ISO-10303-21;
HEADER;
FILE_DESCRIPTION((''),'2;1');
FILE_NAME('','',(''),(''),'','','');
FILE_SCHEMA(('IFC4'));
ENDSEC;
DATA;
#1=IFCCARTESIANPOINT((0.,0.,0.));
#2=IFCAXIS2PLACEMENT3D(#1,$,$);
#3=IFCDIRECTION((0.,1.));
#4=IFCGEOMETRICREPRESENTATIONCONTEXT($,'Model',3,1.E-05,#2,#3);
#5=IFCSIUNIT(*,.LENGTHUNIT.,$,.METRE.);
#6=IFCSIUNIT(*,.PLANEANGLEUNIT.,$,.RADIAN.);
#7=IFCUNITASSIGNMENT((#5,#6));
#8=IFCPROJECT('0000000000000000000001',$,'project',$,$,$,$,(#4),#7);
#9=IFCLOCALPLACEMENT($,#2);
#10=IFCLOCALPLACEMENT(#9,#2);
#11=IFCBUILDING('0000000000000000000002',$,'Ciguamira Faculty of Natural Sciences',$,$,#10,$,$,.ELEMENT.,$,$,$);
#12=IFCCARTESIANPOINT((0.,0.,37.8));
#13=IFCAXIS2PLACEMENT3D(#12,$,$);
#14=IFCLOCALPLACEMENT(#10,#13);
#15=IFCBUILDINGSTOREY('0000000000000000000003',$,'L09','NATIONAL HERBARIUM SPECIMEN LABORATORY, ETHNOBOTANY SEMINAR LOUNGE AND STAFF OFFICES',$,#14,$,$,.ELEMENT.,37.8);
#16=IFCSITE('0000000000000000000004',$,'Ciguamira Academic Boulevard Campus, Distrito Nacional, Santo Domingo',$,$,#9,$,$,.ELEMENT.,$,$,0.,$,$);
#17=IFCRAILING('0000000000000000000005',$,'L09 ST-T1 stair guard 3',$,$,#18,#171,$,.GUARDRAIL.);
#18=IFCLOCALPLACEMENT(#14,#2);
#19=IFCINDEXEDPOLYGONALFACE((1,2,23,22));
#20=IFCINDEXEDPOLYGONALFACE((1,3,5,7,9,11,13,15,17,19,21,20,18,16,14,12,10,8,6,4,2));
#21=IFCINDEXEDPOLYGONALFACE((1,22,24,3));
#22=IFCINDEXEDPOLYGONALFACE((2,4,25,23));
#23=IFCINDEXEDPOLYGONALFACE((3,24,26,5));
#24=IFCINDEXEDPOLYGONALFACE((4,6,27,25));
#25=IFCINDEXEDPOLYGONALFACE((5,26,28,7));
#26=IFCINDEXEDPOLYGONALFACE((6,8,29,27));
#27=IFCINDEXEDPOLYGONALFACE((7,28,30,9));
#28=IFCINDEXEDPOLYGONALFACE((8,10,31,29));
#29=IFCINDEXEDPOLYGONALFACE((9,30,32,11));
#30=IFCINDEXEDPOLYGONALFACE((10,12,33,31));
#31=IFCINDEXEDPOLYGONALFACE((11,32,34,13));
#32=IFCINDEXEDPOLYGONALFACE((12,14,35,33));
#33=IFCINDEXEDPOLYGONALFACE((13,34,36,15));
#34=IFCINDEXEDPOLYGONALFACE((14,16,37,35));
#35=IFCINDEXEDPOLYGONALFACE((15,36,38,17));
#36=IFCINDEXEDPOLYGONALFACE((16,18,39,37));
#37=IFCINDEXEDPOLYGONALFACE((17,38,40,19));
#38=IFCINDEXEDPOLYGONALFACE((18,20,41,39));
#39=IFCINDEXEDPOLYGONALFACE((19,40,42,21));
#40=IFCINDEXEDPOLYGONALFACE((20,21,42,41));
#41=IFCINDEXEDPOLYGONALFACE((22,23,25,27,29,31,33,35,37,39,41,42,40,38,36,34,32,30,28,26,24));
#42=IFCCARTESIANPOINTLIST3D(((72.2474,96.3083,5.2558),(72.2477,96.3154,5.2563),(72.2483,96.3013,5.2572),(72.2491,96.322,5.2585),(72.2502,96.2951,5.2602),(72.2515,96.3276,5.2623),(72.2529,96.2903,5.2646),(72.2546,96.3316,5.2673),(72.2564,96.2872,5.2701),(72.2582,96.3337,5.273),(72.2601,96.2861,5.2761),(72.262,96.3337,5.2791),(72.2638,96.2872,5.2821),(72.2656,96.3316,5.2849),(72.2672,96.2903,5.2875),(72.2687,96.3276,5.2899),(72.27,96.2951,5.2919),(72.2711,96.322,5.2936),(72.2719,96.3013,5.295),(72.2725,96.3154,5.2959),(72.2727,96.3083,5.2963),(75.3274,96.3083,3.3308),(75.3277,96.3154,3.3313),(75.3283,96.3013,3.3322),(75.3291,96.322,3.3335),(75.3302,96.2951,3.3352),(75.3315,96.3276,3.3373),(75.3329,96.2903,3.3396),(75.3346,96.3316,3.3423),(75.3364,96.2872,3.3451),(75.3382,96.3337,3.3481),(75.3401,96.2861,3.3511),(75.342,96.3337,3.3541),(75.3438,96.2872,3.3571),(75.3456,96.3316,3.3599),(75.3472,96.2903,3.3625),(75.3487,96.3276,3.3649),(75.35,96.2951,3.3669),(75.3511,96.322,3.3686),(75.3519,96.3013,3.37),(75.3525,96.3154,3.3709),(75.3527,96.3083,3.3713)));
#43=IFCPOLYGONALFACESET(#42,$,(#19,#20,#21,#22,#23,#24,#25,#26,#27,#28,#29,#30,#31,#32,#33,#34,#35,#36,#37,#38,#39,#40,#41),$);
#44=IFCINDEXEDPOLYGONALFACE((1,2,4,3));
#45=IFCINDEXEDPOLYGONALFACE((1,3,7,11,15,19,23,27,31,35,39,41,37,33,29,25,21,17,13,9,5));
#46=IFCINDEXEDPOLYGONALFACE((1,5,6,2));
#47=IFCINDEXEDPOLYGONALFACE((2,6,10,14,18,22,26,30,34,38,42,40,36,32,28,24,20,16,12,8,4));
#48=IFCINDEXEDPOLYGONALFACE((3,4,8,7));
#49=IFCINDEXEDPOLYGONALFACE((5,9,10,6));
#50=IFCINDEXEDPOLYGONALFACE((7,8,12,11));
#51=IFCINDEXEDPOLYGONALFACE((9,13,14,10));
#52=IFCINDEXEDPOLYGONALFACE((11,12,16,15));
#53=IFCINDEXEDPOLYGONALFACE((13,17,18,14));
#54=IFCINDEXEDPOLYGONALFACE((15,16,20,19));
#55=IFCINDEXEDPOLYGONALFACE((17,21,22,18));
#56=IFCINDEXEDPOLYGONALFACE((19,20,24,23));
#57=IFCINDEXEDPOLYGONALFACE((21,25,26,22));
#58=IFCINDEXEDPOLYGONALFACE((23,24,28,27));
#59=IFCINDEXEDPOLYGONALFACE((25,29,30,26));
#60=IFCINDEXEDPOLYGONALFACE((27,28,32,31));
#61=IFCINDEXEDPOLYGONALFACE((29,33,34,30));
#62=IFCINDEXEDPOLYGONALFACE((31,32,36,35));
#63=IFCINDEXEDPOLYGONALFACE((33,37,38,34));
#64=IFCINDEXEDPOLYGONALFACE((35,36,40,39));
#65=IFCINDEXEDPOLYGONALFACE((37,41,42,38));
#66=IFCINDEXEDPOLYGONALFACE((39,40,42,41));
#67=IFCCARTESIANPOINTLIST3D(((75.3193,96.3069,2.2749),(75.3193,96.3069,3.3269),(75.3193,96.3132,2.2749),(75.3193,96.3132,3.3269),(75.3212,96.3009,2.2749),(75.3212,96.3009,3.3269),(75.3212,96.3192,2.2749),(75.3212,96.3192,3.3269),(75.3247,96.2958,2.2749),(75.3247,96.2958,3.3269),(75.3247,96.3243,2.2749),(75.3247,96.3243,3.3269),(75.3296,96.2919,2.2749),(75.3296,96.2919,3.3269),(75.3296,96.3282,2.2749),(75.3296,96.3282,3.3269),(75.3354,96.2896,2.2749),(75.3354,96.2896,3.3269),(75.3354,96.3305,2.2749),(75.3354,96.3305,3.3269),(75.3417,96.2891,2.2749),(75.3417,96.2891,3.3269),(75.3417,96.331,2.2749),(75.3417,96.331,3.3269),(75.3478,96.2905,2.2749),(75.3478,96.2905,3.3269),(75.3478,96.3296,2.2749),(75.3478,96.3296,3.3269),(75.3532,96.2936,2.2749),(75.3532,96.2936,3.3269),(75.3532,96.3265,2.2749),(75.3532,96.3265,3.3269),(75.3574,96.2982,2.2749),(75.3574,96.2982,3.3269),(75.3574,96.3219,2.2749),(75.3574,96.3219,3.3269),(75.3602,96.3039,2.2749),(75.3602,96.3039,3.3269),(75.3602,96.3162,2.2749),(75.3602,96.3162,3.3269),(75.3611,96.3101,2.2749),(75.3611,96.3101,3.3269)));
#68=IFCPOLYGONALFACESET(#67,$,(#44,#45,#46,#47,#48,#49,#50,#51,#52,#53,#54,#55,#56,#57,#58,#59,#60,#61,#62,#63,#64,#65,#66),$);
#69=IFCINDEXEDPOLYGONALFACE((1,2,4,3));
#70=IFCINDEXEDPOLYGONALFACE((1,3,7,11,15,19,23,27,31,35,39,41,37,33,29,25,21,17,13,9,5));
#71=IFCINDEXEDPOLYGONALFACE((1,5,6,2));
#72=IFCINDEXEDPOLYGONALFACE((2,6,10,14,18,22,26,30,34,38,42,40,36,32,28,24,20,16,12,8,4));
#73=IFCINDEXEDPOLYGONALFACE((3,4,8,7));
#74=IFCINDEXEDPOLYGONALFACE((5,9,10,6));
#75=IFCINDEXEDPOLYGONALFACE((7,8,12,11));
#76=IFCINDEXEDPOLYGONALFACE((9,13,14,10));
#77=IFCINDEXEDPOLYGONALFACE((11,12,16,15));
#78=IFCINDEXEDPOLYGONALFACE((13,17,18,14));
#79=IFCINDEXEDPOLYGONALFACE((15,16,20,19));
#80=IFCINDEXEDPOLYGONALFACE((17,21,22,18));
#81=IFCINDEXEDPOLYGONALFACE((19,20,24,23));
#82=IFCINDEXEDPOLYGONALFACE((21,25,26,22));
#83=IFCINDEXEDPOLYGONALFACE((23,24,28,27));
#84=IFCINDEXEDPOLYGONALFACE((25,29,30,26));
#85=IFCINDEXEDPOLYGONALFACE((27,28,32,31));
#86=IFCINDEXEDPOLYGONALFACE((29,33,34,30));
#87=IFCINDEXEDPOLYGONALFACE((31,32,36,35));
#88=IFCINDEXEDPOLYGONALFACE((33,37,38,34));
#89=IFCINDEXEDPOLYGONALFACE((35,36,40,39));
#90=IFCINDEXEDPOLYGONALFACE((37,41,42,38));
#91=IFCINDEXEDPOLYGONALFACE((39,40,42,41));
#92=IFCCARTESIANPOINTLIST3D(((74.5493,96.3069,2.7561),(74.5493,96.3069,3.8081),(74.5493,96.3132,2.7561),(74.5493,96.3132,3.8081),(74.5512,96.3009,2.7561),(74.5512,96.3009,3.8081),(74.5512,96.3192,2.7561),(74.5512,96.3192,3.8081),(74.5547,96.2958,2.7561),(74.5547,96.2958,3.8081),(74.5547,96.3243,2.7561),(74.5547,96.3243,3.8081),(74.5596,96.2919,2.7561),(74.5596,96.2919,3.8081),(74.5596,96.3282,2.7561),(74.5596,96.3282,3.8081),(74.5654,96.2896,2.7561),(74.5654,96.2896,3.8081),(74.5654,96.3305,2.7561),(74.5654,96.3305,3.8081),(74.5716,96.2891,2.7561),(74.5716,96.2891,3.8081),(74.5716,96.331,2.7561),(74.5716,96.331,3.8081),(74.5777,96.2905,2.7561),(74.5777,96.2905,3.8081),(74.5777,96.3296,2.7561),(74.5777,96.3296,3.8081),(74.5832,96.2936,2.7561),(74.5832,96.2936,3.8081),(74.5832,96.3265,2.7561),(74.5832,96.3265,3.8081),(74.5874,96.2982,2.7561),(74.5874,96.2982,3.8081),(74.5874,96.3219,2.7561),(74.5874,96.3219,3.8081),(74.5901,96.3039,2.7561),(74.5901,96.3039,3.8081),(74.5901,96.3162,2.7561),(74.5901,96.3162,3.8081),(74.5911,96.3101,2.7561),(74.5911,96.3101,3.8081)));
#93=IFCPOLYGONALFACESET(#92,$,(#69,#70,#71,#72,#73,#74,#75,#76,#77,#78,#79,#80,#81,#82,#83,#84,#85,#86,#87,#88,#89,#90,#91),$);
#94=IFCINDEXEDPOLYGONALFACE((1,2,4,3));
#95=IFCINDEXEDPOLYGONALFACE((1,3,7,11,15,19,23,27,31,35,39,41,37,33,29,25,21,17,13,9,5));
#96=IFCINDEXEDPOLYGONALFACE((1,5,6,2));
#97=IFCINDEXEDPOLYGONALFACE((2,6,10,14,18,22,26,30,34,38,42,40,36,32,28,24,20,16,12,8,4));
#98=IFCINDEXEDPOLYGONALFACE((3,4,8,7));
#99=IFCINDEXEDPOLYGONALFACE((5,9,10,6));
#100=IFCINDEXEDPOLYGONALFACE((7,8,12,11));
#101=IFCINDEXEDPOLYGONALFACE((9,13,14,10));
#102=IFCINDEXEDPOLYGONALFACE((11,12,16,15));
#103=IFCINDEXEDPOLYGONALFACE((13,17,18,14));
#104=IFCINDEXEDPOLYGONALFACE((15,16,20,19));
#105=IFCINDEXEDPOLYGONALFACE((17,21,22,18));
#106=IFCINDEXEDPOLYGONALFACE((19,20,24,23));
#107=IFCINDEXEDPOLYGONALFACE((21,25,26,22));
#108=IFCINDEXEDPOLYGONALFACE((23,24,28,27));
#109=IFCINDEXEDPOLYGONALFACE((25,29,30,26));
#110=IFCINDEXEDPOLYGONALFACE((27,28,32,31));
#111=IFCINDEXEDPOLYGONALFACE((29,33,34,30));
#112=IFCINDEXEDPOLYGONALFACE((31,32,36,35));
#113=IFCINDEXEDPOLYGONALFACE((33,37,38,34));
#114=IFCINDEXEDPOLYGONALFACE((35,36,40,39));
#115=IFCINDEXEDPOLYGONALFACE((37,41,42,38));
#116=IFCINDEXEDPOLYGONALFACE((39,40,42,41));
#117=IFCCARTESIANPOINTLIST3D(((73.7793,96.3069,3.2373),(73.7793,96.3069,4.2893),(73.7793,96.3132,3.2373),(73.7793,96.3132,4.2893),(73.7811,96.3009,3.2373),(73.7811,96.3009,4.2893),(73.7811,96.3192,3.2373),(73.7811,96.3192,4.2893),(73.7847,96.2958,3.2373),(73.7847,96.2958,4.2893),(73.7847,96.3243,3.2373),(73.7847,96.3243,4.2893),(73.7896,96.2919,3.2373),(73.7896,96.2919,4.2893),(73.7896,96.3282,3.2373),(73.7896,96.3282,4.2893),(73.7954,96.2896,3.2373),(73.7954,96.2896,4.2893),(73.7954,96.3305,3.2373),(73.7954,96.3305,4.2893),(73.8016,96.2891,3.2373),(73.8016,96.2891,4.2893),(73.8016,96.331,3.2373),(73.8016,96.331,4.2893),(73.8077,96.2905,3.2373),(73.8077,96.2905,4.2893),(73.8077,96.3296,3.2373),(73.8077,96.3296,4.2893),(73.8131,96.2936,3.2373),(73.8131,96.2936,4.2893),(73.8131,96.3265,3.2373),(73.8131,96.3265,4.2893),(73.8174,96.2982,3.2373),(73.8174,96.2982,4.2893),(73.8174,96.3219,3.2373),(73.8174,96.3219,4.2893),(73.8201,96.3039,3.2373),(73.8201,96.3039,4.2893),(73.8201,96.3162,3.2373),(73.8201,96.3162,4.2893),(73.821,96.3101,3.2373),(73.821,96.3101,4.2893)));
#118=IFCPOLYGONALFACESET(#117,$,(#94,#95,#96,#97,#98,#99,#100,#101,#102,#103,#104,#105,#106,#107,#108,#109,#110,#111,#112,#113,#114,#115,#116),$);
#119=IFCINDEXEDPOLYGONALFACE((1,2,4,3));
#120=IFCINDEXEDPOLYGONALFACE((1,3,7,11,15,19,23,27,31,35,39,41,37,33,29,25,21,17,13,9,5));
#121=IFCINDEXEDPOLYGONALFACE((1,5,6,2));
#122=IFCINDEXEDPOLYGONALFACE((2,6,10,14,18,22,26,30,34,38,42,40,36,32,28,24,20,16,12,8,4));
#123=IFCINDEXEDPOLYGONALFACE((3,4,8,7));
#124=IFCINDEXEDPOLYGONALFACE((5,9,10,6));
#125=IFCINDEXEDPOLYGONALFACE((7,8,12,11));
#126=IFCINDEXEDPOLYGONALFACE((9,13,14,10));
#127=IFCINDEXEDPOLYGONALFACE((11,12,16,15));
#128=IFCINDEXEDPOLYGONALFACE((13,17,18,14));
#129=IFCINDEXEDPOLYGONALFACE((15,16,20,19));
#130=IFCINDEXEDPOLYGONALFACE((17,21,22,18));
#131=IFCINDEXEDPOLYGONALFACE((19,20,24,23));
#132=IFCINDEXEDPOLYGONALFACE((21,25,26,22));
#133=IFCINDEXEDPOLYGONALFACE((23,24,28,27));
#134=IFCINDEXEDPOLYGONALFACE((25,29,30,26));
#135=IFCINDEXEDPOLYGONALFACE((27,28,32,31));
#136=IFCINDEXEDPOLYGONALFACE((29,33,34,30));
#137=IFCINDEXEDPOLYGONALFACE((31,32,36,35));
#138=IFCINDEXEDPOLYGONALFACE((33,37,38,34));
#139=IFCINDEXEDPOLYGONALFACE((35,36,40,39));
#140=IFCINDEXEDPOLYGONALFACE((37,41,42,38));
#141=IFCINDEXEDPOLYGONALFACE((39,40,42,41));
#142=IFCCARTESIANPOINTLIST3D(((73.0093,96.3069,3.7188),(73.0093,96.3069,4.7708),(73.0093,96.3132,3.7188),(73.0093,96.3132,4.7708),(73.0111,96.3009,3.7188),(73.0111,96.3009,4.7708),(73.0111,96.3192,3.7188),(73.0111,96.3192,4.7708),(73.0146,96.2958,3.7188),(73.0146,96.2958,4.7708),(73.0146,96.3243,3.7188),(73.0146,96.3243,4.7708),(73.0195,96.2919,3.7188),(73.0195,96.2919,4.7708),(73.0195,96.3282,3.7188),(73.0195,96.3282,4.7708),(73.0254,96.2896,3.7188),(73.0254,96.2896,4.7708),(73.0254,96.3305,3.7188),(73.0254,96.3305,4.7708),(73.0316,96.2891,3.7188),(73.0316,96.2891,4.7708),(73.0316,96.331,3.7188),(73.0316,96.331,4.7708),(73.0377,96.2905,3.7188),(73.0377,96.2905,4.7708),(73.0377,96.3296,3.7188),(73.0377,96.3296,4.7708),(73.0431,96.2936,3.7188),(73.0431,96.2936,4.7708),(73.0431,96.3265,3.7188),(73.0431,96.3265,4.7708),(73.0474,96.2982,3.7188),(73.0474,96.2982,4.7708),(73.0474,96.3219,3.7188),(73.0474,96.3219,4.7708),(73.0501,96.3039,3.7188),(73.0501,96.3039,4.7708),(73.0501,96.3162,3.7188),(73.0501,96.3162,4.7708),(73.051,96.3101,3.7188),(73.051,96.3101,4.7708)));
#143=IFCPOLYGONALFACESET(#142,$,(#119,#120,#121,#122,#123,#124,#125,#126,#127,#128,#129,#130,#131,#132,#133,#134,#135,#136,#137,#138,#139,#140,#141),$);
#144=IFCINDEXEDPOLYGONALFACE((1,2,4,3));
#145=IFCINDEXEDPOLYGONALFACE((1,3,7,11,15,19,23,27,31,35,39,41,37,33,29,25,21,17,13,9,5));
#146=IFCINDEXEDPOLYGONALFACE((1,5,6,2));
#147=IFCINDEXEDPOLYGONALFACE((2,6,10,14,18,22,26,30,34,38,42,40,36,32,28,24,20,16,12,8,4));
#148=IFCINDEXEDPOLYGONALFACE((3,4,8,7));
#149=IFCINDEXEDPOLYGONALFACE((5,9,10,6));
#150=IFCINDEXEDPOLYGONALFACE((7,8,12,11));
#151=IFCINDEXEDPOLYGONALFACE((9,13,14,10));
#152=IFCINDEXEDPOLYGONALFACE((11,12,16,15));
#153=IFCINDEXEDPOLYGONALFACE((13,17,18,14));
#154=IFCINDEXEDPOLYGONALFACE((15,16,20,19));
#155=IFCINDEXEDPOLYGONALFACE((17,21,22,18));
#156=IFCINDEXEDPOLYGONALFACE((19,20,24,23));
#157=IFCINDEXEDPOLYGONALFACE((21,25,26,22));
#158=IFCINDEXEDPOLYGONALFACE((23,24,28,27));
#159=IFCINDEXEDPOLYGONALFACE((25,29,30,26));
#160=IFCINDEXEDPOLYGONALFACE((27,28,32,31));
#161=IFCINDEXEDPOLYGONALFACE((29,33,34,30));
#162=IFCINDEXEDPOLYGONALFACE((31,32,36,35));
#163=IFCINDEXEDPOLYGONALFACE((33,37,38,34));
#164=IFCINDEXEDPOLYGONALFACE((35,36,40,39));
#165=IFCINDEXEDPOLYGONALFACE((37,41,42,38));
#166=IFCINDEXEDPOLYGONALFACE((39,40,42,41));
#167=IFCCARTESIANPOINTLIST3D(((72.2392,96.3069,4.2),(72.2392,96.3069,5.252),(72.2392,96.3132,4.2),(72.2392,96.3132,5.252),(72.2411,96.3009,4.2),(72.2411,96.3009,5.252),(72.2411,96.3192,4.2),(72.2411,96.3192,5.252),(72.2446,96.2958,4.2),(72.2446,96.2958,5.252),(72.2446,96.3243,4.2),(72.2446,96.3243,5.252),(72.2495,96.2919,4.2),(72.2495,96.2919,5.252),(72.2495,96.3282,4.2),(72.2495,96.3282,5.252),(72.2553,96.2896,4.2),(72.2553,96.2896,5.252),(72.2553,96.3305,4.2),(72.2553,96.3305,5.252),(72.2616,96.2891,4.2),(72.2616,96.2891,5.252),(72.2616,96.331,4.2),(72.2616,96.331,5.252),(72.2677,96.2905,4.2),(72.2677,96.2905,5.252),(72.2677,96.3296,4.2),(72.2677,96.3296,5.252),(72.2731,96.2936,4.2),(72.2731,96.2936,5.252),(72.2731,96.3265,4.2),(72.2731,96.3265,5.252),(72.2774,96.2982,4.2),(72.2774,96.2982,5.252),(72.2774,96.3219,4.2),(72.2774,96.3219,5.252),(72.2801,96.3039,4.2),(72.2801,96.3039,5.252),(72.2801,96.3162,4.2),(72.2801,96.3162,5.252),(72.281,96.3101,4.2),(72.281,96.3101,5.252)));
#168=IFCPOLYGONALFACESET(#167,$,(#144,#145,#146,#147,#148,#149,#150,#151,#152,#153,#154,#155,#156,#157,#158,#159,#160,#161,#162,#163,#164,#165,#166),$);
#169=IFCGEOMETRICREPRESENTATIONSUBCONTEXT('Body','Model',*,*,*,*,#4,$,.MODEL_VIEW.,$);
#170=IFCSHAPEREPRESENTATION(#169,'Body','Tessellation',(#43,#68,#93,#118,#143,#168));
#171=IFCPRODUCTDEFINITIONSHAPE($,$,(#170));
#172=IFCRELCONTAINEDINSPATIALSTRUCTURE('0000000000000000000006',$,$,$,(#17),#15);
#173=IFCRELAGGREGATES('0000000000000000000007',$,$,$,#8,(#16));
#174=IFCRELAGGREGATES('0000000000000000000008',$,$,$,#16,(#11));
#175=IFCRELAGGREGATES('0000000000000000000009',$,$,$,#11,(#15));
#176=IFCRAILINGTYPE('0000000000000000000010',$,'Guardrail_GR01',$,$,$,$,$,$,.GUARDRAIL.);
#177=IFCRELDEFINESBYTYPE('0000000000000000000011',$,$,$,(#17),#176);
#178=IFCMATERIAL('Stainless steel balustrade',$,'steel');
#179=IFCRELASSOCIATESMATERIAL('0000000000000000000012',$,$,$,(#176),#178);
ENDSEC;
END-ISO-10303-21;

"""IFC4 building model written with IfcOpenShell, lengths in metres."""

from ifc_helpers import new_model, si_unit, direction, frame, origin, origin_2d, place, context, subcontext, project, spatial, circle, extrude, material, type_object, element, save


model = new_model("IFC4")

# Units and contexts
model_context = context("Model", 3, precision=1e-05, world=origin(), true_north=direction((0.0, 1.0)))
body_context = subcontext(model_context, "Body", "Model", "MODEL_VIEW")
ifc_project = project(units=[si_unit("LENGTHUNIT", "METRE"), si_unit("PLANEANGLEUNIT", "RADIAN")], contexts=[model_context])

# Site, building, storey
site_placement = place(None, origin())
site = spatial("IfcSite", under=ifc_project, at=site_placement, Name="Ciguamira Academic Boulevard Campus, Distrito Nacional, Santo Domingo", CompositionType="ELEMENT", RefElevation=0.0)
building_placement = place(site_placement, origin())
building = spatial("IfcBuilding", under=site, at=building_placement, Name="Ciguamira Faculty of Natural Sciences", CompositionType="ELEMENT")
storey_placement = place(building_placement, frame((0.0, 0.0, 37.8)))
storey = spatial("IfcBuildingStorey", under=building, at=storey_placement, Name="L09", Description="NATIONAL HERBARIUM SPECIMEN LABORATORY, ETHNOBOTANY SEMINAR LOUNGE AND STAFF OFFICES", CompositionType="ELEMENT", Elevation=37.8)

# Railing
ifc_material_1 = material(Name="Stainless steel balustrade", Category="steel")
railing_type_1 = type_object("IfcRailingType", Name="Guardrail_GR01", PredefinedType="GUARDRAIL", material=ifc_material_1)
railing_1_placement = place(storey_placement, frame((75.3401, 96.3101, 2.2749)))
element("IfcRailing", 1, at=railing_1_placement, inside=storey, type_object=railing_type_1, Name="L09 ST-T1 stair guard 3", PredefinedType="GUARDRAIL", context=body_context, shape_type="SweptSolid", body=[
    extrude(circle(Radius=0.0239, at=origin_2d()), frame((0.0, 0.0, 1.0762), z_axis=(-0.847998, 0.0, 0.529999), x_axis=(0.0, -1.0, 0.0)), (0.0, 0.0, 1.0), 3.6321),
    extrude(circle(Radius=0.021, at=origin_2d()), origin(), (0.0, 0.0, 1.0), 1.052),
    extrude(circle(Radius=0.021, at=origin_2d()), frame((-0.77, 0.0, 0.4812)), (0.0, 0.0, 1.0), 1.052),
    extrude(circle(Radius=0.021, at=origin_2d()), frame((-1.54, 0.0, 0.9624)), (0.0, 0.0, 1.0), 1.052),
    extrude(circle(Radius=0.021, at=origin_2d()), frame((-2.3101, 0.0, 1.4438)), (0.0, 0.0, 1.0), 1.052),
    extrude(circle(Radius=0.021, at=origin_2d()), frame((-3.0801, 0.0, 1.925)), (0.0, 0.0, 1.0), 1.052),
])

save(model, "model.ifc")
